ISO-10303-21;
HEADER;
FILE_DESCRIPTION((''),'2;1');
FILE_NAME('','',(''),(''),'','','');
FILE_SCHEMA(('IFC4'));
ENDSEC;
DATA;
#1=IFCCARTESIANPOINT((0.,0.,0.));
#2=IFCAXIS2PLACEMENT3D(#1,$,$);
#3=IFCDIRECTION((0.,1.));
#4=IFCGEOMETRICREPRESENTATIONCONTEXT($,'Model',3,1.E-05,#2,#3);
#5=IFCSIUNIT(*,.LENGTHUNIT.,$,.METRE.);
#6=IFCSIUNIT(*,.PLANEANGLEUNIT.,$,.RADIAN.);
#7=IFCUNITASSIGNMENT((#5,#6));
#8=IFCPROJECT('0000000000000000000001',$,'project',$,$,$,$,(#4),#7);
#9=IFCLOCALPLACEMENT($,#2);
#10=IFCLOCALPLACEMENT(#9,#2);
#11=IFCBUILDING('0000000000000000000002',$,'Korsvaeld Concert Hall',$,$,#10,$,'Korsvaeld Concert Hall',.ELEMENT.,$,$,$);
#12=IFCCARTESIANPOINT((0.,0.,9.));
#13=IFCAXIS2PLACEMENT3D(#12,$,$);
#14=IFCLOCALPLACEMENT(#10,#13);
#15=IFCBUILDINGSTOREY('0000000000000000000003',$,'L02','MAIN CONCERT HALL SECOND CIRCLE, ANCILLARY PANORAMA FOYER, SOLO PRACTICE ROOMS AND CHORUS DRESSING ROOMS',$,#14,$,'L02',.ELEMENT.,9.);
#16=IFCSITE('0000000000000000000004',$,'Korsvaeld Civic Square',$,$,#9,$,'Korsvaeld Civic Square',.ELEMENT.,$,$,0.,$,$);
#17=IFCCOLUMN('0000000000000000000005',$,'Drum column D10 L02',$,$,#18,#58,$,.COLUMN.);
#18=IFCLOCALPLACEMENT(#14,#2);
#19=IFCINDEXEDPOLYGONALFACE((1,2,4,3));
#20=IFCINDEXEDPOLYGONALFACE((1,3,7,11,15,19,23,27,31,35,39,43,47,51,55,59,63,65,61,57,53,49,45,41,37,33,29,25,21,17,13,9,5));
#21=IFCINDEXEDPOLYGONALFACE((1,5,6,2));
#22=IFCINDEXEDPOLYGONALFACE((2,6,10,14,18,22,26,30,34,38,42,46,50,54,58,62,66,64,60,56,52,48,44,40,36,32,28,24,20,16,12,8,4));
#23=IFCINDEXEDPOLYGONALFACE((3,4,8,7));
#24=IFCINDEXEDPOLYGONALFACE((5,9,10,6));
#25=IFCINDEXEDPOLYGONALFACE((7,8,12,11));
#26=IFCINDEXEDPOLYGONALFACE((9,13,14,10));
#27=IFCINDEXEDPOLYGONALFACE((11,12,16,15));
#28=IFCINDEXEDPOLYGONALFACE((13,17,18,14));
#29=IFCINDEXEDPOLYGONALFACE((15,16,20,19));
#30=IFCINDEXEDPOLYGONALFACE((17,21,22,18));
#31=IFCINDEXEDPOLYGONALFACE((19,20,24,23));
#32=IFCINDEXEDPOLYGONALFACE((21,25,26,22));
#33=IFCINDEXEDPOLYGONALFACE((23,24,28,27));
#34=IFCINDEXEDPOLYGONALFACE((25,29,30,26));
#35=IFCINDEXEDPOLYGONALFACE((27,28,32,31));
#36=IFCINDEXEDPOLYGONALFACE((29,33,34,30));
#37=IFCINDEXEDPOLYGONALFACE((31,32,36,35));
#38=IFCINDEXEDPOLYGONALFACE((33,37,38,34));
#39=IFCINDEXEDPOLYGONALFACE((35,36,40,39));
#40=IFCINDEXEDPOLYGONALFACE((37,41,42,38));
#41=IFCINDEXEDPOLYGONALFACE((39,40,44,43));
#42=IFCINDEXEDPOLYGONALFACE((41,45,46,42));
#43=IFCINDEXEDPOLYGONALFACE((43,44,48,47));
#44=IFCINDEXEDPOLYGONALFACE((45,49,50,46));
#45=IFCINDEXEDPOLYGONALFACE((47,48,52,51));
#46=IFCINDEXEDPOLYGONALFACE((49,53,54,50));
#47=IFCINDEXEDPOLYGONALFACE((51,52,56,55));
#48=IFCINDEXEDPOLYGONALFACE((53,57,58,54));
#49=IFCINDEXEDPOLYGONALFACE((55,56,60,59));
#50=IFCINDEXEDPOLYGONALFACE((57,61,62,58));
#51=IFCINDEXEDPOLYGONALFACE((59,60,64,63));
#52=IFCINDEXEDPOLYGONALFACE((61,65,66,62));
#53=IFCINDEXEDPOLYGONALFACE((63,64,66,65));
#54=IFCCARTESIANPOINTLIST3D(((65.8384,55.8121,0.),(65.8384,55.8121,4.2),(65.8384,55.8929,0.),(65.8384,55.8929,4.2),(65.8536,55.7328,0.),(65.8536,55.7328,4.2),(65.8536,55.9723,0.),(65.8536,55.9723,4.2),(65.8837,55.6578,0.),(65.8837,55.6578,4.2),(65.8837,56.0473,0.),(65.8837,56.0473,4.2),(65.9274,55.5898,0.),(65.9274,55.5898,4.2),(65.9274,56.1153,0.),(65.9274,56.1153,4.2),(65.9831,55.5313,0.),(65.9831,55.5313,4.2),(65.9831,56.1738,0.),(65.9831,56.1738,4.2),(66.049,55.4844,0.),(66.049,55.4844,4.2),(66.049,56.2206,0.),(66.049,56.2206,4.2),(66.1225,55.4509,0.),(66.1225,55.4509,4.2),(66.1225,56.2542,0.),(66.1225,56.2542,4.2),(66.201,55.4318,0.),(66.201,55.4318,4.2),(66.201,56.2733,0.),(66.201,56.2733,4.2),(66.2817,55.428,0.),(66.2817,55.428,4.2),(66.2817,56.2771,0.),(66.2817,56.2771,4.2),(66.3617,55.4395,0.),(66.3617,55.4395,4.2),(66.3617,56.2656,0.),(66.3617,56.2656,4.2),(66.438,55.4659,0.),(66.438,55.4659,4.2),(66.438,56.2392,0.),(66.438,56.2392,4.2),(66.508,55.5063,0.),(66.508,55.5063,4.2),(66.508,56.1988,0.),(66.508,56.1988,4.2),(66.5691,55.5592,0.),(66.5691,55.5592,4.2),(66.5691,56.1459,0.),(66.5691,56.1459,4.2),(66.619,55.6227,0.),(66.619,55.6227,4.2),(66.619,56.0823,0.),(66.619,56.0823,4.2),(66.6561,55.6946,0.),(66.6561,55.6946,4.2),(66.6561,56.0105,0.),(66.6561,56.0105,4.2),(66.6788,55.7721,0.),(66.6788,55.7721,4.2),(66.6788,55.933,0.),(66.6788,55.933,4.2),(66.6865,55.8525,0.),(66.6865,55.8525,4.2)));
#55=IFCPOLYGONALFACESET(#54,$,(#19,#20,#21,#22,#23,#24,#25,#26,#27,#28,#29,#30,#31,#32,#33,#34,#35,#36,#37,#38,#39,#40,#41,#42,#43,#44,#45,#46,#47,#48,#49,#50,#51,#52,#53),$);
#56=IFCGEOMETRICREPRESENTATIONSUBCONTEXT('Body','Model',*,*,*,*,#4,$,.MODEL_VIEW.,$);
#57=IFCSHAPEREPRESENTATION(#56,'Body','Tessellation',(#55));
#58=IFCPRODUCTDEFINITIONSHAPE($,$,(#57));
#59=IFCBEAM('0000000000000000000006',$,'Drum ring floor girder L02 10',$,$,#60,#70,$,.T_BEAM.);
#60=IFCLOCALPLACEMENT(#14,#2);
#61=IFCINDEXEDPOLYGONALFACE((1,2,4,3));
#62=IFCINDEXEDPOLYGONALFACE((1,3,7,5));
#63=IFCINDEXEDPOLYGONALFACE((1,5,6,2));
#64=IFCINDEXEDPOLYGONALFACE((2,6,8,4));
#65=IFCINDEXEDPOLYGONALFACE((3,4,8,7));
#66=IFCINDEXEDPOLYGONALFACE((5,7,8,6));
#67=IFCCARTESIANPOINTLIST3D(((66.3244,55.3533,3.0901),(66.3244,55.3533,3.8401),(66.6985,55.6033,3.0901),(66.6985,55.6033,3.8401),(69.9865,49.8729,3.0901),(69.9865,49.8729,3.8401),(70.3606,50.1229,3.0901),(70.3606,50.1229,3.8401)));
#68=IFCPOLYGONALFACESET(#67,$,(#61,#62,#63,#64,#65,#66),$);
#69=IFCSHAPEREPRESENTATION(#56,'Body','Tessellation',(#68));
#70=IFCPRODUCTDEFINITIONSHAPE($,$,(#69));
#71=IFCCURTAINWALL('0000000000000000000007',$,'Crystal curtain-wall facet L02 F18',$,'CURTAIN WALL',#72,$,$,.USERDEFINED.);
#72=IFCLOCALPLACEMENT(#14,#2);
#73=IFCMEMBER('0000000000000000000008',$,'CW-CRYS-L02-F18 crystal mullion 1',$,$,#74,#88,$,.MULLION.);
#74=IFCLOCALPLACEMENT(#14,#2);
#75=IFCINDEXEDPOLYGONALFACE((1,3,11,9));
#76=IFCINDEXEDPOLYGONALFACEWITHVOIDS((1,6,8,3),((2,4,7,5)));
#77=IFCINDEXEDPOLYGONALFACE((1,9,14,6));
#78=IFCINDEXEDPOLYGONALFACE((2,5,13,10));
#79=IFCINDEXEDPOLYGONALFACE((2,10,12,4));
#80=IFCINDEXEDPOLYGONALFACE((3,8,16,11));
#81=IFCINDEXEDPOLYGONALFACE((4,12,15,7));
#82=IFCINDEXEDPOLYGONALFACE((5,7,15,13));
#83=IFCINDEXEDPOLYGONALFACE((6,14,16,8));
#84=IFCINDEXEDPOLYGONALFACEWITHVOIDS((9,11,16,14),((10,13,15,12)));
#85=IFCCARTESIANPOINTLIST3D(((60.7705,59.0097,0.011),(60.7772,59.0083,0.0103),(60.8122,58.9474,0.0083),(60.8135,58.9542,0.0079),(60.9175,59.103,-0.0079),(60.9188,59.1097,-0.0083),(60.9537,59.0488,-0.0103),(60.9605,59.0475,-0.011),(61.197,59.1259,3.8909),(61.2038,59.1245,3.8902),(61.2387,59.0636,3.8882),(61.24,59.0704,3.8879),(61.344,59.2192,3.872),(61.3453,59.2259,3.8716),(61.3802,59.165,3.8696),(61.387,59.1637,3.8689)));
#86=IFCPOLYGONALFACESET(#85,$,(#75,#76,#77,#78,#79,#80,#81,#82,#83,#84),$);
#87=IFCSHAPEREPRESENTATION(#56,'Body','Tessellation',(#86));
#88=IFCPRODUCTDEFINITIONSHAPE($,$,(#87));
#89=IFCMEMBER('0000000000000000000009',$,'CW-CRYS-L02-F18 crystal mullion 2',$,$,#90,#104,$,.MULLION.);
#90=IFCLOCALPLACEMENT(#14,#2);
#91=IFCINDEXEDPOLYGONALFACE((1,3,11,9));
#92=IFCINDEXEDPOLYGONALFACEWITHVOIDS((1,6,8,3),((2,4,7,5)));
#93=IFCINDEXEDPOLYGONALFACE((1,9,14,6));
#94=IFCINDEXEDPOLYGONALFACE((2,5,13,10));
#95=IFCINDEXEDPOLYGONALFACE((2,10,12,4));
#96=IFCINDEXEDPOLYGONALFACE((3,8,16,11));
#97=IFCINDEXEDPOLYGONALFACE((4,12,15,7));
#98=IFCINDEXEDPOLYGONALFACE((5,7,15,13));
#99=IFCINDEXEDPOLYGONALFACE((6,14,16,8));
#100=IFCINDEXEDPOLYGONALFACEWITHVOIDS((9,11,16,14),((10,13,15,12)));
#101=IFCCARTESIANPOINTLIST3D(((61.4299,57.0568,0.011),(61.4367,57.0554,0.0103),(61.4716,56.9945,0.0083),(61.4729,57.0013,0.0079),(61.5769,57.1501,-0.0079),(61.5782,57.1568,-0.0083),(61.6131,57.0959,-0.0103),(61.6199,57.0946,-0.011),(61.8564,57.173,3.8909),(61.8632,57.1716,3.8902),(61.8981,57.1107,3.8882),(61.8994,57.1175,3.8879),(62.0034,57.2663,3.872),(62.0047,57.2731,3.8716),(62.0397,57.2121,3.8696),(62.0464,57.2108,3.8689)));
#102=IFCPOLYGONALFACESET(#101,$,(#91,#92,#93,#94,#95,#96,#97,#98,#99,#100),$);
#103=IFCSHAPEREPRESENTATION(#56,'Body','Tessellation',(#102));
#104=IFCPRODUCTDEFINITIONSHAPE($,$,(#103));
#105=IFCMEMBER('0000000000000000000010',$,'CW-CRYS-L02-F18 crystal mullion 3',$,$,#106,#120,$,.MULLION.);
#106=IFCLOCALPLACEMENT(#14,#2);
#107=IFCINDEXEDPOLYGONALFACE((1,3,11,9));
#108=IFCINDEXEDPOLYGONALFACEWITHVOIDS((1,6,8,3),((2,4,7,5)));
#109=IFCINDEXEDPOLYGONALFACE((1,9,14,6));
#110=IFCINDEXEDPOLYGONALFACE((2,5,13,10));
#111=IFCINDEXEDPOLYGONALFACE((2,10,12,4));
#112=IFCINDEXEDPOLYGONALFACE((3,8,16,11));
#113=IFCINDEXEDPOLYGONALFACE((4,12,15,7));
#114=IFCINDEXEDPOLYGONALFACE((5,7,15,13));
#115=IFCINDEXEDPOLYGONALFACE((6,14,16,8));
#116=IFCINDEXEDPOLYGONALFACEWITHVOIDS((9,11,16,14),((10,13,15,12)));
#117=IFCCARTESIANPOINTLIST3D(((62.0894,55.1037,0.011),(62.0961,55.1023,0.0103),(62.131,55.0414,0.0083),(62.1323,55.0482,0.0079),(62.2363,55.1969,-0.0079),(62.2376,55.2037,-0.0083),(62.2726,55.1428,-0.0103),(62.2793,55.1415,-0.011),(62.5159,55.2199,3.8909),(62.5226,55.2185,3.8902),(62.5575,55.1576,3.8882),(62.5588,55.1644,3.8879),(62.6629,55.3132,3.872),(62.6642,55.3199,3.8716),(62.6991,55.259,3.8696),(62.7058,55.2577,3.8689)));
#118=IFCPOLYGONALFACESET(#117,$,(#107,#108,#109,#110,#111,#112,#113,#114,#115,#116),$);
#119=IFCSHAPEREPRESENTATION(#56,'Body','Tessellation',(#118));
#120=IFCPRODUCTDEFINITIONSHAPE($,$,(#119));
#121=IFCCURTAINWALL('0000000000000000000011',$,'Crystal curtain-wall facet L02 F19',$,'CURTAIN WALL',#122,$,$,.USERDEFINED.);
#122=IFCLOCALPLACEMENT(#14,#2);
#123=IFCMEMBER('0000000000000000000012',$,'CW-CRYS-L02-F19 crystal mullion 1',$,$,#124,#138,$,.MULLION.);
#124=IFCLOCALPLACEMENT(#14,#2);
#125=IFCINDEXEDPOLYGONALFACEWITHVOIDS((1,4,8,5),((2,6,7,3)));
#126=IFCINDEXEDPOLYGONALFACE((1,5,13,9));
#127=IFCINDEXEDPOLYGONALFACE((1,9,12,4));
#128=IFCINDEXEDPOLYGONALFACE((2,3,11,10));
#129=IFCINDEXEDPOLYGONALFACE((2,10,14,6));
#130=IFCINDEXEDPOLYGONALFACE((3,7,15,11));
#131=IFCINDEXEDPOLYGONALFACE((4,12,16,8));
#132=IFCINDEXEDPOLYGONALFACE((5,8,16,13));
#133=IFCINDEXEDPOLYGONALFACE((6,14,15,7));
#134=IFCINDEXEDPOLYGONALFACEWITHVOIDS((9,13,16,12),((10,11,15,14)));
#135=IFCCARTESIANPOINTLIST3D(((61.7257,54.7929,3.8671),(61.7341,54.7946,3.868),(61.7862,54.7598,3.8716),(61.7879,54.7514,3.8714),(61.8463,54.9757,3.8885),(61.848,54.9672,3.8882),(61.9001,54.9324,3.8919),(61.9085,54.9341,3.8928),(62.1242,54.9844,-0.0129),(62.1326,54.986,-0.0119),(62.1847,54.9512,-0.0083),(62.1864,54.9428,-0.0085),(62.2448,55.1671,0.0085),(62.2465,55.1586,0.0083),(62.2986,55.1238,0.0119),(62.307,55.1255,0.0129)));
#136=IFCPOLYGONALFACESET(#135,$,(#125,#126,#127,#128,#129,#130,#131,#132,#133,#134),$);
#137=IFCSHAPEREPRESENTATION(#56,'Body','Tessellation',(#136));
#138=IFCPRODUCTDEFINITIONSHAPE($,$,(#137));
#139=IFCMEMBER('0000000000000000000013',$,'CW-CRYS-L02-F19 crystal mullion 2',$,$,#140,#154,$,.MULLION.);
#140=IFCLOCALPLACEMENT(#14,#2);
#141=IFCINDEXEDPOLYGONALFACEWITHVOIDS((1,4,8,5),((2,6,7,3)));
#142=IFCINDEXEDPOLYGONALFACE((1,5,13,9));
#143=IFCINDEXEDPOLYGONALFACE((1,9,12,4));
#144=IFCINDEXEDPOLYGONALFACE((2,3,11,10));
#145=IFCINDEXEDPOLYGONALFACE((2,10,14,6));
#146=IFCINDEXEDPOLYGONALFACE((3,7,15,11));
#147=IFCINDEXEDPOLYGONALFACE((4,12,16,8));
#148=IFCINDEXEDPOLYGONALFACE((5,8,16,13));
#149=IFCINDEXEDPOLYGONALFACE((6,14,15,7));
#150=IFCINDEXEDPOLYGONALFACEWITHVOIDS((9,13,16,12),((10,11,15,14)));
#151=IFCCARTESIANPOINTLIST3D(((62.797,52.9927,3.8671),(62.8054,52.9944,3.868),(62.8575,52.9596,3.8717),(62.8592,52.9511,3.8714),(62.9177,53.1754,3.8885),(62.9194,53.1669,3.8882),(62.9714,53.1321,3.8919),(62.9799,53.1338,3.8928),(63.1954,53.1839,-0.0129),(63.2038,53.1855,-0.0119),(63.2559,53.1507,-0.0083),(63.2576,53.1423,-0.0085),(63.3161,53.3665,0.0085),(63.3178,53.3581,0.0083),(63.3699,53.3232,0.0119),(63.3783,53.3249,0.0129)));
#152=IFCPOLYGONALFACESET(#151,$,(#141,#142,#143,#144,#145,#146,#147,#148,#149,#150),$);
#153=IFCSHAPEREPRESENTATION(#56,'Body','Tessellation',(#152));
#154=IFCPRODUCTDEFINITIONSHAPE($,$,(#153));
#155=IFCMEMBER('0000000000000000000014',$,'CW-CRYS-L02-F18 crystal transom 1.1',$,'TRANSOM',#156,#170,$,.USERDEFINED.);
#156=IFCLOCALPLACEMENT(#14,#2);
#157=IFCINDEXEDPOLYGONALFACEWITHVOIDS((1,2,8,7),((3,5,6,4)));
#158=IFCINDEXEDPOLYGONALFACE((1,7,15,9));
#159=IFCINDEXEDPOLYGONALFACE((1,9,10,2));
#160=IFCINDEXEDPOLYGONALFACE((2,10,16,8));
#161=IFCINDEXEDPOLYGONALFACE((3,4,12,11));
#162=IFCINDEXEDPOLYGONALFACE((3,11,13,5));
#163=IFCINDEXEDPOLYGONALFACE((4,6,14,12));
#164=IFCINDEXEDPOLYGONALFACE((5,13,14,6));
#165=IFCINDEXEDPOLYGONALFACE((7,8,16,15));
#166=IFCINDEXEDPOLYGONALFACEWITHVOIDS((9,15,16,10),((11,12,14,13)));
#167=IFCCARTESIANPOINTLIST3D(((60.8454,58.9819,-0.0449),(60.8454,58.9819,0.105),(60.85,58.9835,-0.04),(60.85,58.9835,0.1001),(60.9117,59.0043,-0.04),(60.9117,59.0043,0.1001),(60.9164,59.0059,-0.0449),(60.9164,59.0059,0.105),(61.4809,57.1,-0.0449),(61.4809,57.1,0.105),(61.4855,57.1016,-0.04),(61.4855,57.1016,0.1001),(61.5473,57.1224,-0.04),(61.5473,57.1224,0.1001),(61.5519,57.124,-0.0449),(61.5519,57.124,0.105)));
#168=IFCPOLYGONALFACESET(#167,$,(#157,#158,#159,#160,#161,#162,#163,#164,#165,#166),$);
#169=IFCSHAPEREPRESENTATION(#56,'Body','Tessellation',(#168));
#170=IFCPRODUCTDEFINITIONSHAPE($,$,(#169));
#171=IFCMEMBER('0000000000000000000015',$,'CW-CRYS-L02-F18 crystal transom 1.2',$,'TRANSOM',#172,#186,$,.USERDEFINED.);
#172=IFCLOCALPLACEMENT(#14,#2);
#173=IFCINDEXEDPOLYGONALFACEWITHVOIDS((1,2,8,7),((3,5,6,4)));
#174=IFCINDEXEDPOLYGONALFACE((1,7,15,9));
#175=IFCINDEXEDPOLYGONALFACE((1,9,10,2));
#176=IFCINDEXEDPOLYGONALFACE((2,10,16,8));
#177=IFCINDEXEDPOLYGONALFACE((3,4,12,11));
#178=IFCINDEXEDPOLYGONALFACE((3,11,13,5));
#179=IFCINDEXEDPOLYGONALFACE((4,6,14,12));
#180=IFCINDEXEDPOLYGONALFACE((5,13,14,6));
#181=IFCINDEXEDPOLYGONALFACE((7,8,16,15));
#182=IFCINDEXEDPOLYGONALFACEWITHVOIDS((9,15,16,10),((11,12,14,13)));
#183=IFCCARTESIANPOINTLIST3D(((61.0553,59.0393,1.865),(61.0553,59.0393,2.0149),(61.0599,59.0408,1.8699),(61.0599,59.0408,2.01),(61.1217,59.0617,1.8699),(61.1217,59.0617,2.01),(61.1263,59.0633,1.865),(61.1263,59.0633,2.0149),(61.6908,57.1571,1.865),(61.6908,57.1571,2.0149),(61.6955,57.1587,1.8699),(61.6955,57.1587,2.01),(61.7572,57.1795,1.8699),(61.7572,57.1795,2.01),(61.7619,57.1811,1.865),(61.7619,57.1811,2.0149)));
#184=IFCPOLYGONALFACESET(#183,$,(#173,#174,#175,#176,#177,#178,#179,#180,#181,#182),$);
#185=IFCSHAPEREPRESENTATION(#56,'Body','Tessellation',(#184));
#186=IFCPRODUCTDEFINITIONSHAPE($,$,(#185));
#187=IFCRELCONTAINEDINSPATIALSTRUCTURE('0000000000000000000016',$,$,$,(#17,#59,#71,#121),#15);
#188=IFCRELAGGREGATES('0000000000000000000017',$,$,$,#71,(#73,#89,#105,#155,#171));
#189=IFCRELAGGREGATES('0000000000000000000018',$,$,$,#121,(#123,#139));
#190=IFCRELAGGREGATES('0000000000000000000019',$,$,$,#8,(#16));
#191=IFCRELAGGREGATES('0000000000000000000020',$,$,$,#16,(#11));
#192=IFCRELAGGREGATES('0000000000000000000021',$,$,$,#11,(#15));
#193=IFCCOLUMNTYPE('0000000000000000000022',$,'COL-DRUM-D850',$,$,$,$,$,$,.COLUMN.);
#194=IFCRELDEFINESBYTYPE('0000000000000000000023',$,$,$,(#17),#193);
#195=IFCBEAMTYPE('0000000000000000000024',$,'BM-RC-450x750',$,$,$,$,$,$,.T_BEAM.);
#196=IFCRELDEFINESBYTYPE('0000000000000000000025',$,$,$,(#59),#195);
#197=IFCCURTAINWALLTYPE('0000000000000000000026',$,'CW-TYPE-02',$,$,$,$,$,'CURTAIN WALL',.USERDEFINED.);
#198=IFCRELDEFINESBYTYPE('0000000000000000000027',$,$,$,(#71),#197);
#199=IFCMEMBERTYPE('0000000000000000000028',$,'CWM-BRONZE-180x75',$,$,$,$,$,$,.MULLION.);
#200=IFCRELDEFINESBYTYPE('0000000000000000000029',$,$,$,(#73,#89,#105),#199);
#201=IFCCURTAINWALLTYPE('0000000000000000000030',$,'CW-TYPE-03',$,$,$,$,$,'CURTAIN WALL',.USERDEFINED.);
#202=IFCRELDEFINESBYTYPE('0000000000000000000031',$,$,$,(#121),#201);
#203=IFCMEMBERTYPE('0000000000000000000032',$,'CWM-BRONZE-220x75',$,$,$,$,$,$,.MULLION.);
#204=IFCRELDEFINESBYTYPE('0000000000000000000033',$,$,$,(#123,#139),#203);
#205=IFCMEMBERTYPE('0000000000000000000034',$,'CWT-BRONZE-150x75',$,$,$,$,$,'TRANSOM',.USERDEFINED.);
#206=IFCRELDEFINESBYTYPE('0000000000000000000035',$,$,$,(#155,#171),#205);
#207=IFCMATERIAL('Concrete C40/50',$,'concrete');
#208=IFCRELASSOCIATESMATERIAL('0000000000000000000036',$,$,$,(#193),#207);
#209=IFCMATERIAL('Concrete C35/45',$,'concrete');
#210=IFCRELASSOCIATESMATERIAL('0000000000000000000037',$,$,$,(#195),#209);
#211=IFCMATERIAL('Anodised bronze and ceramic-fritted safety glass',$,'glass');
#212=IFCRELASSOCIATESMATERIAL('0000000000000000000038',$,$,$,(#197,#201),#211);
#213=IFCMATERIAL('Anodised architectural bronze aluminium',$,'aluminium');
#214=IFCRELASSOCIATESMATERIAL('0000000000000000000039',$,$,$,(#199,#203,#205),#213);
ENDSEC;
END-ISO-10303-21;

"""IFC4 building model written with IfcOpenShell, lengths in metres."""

from ifc_helpers import new_model, si_unit, direction, frame, origin, origin_2d, place, context, subcontext, project, spatial, rectangle, hollow_rectangle, circle, extrude, material, material_profile, profile_set, type_object, element, aggregate, save


model = new_model("IFC4")

# Units and contexts
model_context = context("Model", 3, precision=1e-05, world=origin(), true_north=direction((0.0, 1.0)))
body_context = subcontext(model_context, "Body", "Model", "MODEL_VIEW")
ifc_project = project(units=[si_unit("LENGTHUNIT", "METRE"), si_unit("PLANEANGLEUNIT", "RADIAN")], contexts=[model_context])

# Site, building, storey
site_placement = place(None, origin())
site = spatial("IfcSite", under=ifc_project, at=site_placement, Name="Korsvaeld Civic Square", LongName="Korsvaeld Civic Square", CompositionType="ELEMENT", RefElevation=0.0)
building_placement = place(site_placement, origin())
building = spatial("IfcBuilding", under=site, at=building_placement, Name="Korsvaeld Concert Hall", LongName="Korsvaeld Concert Hall", CompositionType="ELEMENT")
storey_placement = place(building_placement, frame((0.0, 0.0, 9.0)))
storey = spatial("IfcBuildingStorey", under=building, at=storey_placement, Name="L02", Description="MAIN CONCERT HALL SECOND CIRCLE, ANCILLARY PANORAMA FOYER, SOLO PRACTICE ROOMS AND CHORUS DRESSING ROOMS", LongName="L02", CompositionType="ELEMENT", Elevation=9.0)

# Column
ifc_material_1 = material(Name="Concrete C40/50", Category="concrete")
ifc_material_profile_1 = material_profile(ifc_material_1, circle(Radius=0.425, at=origin_2d()), Name="RC D850")
ifc_profile_set_1 = profile_set([ifc_material_profile_1], Name="Concrete C40/50")
column_type = type_object("IfcColumnType", Name="COL-DRUM-D850", PredefinedType="COLUMN", material=ifc_profile_set_1)
column_placement = place(storey_placement, frame((66.2615, 55.8525, 0.0), z_axis=(0.0, 0.0, 1.0), x_axis=(1.0, 0.0, 0.0)))
element("IfcColumn", 1, at=column_placement, inside=storey, type_object=column_type, Name="Drum column D10 L02", PredefinedType="COLUMN", context=body_context, shape_type="SweptSolid", body=[
    extrude(circle(Radius=0.425, at=origin_2d()), origin(), (0.0, 0.0, 1.0), 4.2),
])

# Beam
ifc_material_2 = material(Name="Concrete C35/45", Category="concrete")
ifc_material_profile_2 = material_profile(ifc_material_2, rectangle(XDim=0.45, YDim=0.75, at=origin_2d()), Name="RC 450x750")
ifc_profile_set_2 = profile_set([ifc_material_profile_2], Name="Concrete C35/45")
beam_type = type_object("IfcBeamType", Name="BM-RC-450x750", PredefinedType="T_BEAM", material=ifc_profile_set_2)
beam_placement = place(storey_placement, frame((66.5115, 55.4783, 3.4651), z_axis=(0.555589, -0.831457, 0.0), x_axis=(0.831457, 0.555589, 0.0)))
element("IfcBeam", 2, at=beam_placement, inside=storey, type_object=beam_type, Name="Drum ring floor girder L02 10", PredefinedType="T_BEAM", context=body_context, shape_type="SweptSolid", body=[
    extrude(rectangle(XDim=0.45, YDim=0.75, at=origin_2d()), origin(), (0.0, 0.0, 1.0), 6.5913),
])

# Curtain walls, members
ifc_material_3 = material(Name="Anodised bronze and ceramic-fritted safety glass", Category="glass")
curtain_wall_type_1 = type_object("IfcCurtainWallType", Name="CW-TYPE-02", ElementType="CURTAIN WALL", PredefinedType="USERDEFINED", material=ifc_material_3)
curtain_wall_1_placement = place(storey_placement, origin())
curtain_wall_1 = element("IfcCurtainWall", 3, at=curtain_wall_1_placement, inside=storey, type_object=curtain_wall_type_1, Name="Crystal curtain-wall facet L02 F18", ObjectType="CURTAIN WALL", PredefinedType="USERDEFINED")
ifc_material_4 = material(Name="Anodised architectural bronze aluminium", Category="aluminium")
ifc_material_profile_3 = material_profile(ifc_material_4, hollow_rectangle(XDim=0.075, YDim=0.1799, WallThickness=0.0049, at=origin_2d()), Name="CWM 180x75x5")
ifc_profile_set_3 = profile_set([ifc_material_profile_3], Name="Anodised architectural bronze aluminium")
member_type_1 = type_object("IfcMemberType", Name="CWM-BRONZE-180x75", PredefinedType="MULLION", material=ifc_profile_set_3)
member_1_placement = place(storey_placement, frame((60.8655, 59.0286, 0.0), z_axis=(0.109223, 0.02976, 0.993572), x_axis=(-0.555751, 0.830559, 0.036216)))
member_1 = element("IfcMember", 4, at=member_1_placement, type_object=member_type_1, Name="CW-CRYS-L02-F18 crystal mullion 1", PredefinedType="MULLION", context=body_context, shape_type="SweptSolid", body=[
    extrude(hollow_rectangle(XDim=0.075, YDim=0.1799, WallThickness=0.0049, at=origin_2d()), origin(), (0.0, 0.0, 1.0), 3.905),
])
member_2_placement = place(storey_placement, frame((61.5249, 57.0757, 0.0), z_axis=(0.109223, 0.02976, 0.993572), x_axis=(-0.555751, 0.830559, 0.036216)))
member_2 = element("IfcMember", 5, at=member_2_placement, type_object=member_type_1, Name="CW-CRYS-L02-F18 crystal mullion 2", PredefinedType="MULLION", context=body_context, shape_type="SweptSolid", body=[
    extrude(hollow_rectangle(XDim=0.075, YDim=0.1799, WallThickness=0.0049, at=origin_2d()), origin(), (0.0, 0.0, 1.0), 3.905),
])
member_3_placement = place(storey_placement, frame((62.1843, 55.1226, 0.0), z_axis=(0.109223, 0.02976, 0.993572), x_axis=(-0.555751, 0.830559, 0.036216)))
member_3 = element("IfcMember", 6, at=member_3_placement, type_object=member_type_1, Name="CW-CRYS-L02-F18 crystal mullion 3", PredefinedType="MULLION", context=body_context, shape_type="SweptSolid", body=[
    extrude(hollow_rectangle(XDim=0.075, YDim=0.1799, WallThickness=0.0049, at=origin_2d()), origin(), (0.0, 0.0, 1.0), 3.905),
])
curtain_wall_type_2 = type_object("IfcCurtainWallType", Name="CW-TYPE-03", ElementType="CURTAIN WALL", PredefinedType="USERDEFINED", material=ifc_material_3)
curtain_wall_2_placement = place(storey_placement, origin())
curtain_wall_2 = element("IfcCurtainWall", 7, at=curtain_wall_2_placement, inside=storey, type_object=curtain_wall_type_2, Name="Crystal curtain-wall facet L02 F19", ObjectType="CURTAIN WALL", PredefinedType="USERDEFINED")
ifc_material_profile_4 = material_profile(ifc_material_4, hollow_rectangle(XDim=0.075, YDim=0.22, WallThickness=0.0061, at=origin_2d()), Name="CWM 220x75x6")
ifc_profile_set_4 = profile_set([ifc_material_profile_4], Name="Anodised architectural bronze aluminium")
member_type_2 = type_object("IfcMemberType", Name="CWM-BRONZE-220x75", PredefinedType="MULLION", material=ifc_profile_set_4)
member_4_placement = place(storey_placement, frame((62.2156, 55.0549, 0.0), z_axis=(-0.102033, -0.049016, 0.993573), x_axis=(0.830086, -0.554624, 0.057883)))
member_4 = element("IfcMember", 8, at=member_4_placement, type_object=member_type_2, Name="CW-CRYS-L02-F19 crystal mullion 1", PredefinedType="MULLION", context=body_context, shape_type="SweptSolid", body=[
    extrude(hollow_rectangle(XDim=0.075, YDim=0.22, WallThickness=0.0061, at=origin_2d()), origin(), (0.0, 0.0, 1.0), 3.905),
])
member_5_placement = place(storey_placement, frame((63.2869, 53.2544, 0.0), z_axis=(-0.102033, -0.048954, 0.993576), x_axis=(0.829811, -0.555036, 0.057869)))
member_5 = element("IfcMember", 9, at=member_5_placement, type_object=member_type_2, Name="CW-CRYS-L02-F19 crystal mullion 2", PredefinedType="MULLION", context=body_context, shape_type="SweptSolid", body=[
    extrude(hollow_rectangle(XDim=0.075, YDim=0.22, WallThickness=0.0061, at=origin_2d()), origin(), (0.0, 0.0, 1.0), 3.905),
])

# Members
ifc_material_profile_5 = material_profile(ifc_material_4, hollow_rectangle(XDim=0.075, YDim=0.1499, WallThickness=0.0049, at=origin_2d()), Name="CWT 150x75x5")
ifc_profile_set_5 = profile_set([ifc_material_profile_5], Name="Anodised architectural bronze aluminium")
member_type_3 = type_object("IfcMemberType", Name="CWT-BRONZE-150x75", ElementType="TRANSOM", PredefinedType="USERDEFINED", material=ifc_profile_set_5)
member_6_placement = place(storey_placement, frame((60.8809, 58.9939, 0.03), z_axis=(0.31995, -0.947435, 0.0), x_axis=(0.947435, 0.31995, 0.0)))
member_6 = element("IfcMember", 10, at=member_6_placement, type_object=member_type_3, Name="CW-CRYS-L02-F18 crystal transom 1.1", ObjectType="TRANSOM", PredefinedType="USERDEFINED", context=body_context, shape_type="SweptSolid", body=[
    extrude(hollow_rectangle(XDim=0.075, YDim=0.1499, WallThickness=0.0049, at=origin_2d()), origin(), (0.0, 0.0, 1.0), 1.9863),
])
member_7_placement = place(storey_placement, frame((61.0908, 59.0513, 1.9399), z_axis=(0.319912, -0.947447, 0.0), x_axis=(0.947447, 0.319912, 0.0)))
member_7 = element("IfcMember", 11, at=member_7_placement, type_object=member_type_3, Name="CW-CRYS-L02-F18 crystal transom 1.2", ObjectType="TRANSOM", PredefinedType="USERDEFINED", context=body_context, shape_type="SweptSolid", body=[
    extrude(hollow_rectangle(XDim=0.075, YDim=0.1499, WallThickness=0.0049, at=origin_2d()), origin(), (0.0, 0.0, 1.0), 1.9866),
])

aggregate(curtain_wall_1, [member_1, member_2, member_3, member_6, member_7])
aggregate(curtain_wall_2, [member_4, member_5])

save(model, "model.ifc")
